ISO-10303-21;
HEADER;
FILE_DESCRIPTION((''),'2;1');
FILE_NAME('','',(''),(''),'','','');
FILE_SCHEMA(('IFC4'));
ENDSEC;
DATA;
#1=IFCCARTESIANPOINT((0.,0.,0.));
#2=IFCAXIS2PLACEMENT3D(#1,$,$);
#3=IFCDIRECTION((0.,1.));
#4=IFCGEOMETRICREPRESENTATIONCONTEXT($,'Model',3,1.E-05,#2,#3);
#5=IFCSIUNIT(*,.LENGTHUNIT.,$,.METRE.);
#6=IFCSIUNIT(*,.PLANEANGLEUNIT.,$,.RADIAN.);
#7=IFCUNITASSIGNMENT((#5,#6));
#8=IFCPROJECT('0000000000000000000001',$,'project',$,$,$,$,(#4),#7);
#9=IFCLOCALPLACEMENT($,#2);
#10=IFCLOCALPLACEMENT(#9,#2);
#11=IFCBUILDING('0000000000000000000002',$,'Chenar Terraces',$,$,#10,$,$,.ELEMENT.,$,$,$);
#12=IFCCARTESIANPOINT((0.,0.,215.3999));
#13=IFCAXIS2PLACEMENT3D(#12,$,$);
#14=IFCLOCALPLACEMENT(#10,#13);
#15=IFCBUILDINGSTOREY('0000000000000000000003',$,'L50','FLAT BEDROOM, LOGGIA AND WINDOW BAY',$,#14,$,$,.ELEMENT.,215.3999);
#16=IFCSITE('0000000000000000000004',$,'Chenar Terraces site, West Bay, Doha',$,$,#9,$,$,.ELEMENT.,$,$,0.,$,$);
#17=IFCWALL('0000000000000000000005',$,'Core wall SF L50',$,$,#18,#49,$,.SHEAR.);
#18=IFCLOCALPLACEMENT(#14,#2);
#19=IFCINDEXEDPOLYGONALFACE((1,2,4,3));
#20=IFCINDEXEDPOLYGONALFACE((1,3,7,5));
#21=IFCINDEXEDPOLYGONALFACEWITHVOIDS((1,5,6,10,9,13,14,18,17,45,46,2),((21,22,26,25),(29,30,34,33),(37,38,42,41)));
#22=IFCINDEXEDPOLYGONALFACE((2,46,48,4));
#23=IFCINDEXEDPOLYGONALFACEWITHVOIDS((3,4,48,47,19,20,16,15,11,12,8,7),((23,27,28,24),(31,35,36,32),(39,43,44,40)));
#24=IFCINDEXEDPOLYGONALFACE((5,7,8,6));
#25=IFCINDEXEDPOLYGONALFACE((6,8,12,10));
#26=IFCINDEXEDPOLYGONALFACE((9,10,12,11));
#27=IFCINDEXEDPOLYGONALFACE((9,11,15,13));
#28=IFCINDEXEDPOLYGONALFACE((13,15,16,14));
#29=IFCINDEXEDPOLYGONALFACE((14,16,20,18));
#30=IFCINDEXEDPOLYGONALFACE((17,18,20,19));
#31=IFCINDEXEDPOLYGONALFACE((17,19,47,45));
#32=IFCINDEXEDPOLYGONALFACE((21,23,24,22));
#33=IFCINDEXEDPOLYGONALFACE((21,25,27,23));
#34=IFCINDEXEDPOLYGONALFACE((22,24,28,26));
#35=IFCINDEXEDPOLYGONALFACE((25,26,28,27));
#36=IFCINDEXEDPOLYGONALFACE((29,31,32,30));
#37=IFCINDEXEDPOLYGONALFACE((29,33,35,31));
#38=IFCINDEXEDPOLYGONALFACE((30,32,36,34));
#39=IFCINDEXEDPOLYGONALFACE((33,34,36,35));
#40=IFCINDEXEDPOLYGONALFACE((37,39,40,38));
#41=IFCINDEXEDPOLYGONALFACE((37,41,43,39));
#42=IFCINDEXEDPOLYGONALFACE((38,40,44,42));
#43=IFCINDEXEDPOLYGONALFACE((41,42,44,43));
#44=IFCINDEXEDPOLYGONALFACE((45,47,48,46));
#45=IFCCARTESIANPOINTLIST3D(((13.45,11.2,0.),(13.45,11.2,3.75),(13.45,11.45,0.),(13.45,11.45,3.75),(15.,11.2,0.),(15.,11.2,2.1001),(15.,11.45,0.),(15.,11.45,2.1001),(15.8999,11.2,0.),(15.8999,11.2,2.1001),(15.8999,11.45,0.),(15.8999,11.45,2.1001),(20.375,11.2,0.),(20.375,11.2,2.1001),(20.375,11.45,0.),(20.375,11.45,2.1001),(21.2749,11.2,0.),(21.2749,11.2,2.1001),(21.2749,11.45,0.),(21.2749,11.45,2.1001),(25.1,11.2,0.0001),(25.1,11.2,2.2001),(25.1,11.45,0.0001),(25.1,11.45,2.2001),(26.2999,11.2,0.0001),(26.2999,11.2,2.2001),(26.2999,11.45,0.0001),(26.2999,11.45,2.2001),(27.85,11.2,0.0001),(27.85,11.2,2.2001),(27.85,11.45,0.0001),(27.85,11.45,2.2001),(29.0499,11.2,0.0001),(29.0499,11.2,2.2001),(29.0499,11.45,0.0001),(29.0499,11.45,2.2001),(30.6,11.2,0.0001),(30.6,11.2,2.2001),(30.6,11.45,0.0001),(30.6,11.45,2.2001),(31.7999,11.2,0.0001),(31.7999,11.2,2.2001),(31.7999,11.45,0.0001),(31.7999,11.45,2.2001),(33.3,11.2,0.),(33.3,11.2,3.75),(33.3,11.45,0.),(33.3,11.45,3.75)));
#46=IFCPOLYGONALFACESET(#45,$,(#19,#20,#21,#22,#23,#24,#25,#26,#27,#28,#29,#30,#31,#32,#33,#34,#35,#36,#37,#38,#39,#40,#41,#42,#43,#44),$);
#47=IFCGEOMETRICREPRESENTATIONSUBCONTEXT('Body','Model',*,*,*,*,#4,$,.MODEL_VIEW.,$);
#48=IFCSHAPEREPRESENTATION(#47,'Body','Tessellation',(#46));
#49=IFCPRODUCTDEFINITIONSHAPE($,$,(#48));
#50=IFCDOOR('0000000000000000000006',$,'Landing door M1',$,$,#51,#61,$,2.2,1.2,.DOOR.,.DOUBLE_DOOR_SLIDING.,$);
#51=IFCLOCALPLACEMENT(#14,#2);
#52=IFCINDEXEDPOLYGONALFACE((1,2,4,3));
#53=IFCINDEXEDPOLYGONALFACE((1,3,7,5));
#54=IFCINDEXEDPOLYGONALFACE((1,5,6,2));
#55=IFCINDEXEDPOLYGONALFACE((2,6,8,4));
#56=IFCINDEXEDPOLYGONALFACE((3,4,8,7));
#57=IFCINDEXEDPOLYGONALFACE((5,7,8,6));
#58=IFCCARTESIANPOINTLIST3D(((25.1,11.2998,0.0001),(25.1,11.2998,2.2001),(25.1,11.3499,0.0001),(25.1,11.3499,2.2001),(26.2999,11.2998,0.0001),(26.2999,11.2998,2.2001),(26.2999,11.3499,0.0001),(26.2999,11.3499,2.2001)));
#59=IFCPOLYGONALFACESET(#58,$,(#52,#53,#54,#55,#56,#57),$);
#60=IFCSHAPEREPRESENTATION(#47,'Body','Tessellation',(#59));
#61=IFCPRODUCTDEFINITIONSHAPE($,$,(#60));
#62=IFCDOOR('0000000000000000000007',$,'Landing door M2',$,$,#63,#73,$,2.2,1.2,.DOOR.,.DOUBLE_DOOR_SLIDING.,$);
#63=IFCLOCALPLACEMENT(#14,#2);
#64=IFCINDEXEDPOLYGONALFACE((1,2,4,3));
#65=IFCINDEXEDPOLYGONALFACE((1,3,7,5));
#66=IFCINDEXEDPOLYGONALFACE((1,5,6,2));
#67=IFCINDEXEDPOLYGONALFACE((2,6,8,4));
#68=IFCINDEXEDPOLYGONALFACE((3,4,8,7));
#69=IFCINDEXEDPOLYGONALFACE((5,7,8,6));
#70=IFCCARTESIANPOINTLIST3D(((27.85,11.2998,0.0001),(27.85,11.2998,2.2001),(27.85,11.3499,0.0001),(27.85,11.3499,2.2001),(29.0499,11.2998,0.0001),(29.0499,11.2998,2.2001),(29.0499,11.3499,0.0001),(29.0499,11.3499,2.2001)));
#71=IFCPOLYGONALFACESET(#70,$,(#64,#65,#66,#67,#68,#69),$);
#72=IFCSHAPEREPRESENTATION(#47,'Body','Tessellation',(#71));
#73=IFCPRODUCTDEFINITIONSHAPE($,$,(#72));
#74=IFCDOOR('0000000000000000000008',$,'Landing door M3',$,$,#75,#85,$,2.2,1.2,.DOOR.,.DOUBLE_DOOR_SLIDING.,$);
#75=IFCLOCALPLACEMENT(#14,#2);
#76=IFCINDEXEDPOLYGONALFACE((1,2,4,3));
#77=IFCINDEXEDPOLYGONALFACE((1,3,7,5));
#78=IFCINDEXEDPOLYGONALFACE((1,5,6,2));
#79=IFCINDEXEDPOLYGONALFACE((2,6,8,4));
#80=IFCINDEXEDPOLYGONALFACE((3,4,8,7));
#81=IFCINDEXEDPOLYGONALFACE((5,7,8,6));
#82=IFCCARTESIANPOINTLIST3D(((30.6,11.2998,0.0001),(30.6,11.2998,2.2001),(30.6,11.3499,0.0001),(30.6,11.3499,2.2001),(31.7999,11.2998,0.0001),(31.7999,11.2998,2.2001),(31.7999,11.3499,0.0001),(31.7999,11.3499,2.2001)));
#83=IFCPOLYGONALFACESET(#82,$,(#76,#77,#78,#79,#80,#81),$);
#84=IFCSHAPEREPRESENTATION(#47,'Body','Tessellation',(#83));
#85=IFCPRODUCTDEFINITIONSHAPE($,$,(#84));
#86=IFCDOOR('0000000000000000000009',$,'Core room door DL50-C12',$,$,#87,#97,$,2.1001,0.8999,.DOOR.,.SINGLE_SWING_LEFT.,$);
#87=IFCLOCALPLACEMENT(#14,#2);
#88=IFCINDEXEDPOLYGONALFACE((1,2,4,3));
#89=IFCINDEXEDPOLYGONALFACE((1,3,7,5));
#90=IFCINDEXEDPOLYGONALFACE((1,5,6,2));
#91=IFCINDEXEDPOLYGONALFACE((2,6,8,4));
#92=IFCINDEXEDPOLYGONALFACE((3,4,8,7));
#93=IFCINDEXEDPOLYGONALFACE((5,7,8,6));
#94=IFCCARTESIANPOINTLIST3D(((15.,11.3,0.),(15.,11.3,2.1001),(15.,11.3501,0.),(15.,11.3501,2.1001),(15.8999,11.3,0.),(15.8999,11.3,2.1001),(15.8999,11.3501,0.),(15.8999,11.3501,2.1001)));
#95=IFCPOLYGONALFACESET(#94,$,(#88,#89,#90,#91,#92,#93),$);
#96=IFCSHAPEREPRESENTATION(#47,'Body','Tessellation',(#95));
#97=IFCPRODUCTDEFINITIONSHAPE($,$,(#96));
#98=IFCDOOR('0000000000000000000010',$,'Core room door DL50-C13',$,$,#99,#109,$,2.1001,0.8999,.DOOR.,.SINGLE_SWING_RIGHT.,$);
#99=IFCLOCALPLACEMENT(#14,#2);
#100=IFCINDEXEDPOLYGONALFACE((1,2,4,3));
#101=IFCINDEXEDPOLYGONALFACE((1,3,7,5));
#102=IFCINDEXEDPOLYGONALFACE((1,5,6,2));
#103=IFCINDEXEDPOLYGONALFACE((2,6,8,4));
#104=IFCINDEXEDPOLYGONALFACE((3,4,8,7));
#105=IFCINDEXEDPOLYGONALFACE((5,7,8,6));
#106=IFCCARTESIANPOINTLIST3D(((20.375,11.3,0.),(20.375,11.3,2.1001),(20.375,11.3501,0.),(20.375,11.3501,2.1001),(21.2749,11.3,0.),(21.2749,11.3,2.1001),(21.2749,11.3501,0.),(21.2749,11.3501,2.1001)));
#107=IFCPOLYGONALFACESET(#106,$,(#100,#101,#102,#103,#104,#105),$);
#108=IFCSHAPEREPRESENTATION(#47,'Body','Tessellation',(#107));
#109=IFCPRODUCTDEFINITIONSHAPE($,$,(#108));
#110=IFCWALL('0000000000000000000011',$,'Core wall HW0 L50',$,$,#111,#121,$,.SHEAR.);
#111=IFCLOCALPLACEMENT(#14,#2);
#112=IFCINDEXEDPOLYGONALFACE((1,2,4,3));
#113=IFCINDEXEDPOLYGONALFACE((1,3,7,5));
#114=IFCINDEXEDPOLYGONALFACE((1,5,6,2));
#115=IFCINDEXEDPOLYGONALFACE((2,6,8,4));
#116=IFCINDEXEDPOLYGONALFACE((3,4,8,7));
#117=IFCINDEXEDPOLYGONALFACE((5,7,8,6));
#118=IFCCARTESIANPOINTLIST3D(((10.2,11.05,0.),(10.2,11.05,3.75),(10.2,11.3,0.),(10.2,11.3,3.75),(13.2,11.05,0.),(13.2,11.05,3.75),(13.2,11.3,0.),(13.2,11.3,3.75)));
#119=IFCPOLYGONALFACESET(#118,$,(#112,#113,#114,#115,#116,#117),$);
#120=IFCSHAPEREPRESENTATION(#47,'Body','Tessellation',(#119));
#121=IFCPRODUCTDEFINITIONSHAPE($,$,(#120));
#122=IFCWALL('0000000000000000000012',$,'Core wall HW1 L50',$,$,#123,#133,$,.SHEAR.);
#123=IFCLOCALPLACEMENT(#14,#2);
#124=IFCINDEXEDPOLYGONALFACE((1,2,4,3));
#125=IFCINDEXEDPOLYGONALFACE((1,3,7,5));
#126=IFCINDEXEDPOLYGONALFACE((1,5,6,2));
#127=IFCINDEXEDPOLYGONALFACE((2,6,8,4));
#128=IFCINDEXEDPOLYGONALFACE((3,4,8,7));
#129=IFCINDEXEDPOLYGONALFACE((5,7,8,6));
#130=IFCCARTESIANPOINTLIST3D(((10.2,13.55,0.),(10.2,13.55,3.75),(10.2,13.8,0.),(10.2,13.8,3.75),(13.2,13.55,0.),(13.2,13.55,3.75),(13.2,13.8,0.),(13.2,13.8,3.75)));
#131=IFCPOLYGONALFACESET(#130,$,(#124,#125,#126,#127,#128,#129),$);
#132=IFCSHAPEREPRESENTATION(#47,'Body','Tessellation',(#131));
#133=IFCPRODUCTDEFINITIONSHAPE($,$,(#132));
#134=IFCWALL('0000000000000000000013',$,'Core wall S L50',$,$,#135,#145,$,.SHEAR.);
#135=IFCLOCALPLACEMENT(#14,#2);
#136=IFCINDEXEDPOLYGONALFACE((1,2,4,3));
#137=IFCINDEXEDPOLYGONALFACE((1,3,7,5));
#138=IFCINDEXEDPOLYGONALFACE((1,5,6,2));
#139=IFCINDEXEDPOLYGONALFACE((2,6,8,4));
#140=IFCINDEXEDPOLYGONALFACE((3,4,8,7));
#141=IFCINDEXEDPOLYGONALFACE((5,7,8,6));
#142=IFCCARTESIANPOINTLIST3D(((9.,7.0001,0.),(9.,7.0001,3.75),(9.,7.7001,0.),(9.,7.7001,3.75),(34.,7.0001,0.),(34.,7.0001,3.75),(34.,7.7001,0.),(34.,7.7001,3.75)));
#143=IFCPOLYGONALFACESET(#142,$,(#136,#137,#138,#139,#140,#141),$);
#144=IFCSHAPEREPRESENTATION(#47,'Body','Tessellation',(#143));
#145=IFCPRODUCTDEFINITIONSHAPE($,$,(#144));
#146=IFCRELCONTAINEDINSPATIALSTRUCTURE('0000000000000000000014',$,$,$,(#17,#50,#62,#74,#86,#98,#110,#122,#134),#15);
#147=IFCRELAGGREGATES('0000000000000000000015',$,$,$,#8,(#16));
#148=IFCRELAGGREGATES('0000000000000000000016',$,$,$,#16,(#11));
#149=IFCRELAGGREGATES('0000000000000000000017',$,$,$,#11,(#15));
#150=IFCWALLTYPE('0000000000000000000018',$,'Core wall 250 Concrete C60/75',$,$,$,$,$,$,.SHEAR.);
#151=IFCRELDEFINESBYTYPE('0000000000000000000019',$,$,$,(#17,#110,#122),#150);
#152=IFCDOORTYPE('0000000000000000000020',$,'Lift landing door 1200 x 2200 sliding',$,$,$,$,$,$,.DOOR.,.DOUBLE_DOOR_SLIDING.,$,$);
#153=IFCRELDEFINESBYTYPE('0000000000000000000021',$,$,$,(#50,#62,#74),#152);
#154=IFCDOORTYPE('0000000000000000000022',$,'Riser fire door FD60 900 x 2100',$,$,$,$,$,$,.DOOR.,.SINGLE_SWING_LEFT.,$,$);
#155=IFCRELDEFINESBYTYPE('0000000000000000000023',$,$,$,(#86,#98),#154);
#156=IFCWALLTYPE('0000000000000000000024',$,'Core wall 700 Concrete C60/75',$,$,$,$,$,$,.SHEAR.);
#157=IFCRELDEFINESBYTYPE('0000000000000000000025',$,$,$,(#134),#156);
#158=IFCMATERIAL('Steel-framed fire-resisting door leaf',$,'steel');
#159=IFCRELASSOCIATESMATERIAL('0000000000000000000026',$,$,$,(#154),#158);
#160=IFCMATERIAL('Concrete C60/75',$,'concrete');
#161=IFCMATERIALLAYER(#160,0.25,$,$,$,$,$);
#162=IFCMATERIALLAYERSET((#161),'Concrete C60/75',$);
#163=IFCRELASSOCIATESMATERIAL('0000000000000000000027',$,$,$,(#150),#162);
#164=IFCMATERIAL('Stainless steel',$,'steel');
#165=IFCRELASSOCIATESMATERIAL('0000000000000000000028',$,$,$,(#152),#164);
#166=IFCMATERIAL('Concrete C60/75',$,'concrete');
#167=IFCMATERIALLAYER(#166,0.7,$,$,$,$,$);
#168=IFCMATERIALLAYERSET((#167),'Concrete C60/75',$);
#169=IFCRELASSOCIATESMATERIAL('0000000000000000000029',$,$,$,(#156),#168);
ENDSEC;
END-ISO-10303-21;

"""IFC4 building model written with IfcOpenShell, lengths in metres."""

from ifc_helpers import new_model, si_unit, direction, frame, frame_2d, origin, place, context, subcontext, project, spatial, rectangle, extrude, material, layer, layer_set, type_object, element, fill, save


model = new_model("IFC4")

# Units and contexts
model_context = context("Model", 3, precision=1e-05, world=origin(), true_north=direction((0.0, 1.0)))
body_context = subcontext(model_context, "Body", "Model", "MODEL_VIEW")
ifc_project = project(units=[si_unit("LENGTHUNIT", "METRE"), si_unit("PLANEANGLEUNIT", "RADIAN")], contexts=[model_context])

# Site, building, storey
site_placement = place(None, origin())
site = spatial("IfcSite", under=ifc_project, at=site_placement, Name="Chenar Terraces site, West Bay, Doha", CompositionType="ELEMENT", RefElevation=0.0)
building_placement = place(site_placement, origin())
building = spatial("IfcBuilding", under=site, at=building_placement, Name="Chenar Terraces", CompositionType="ELEMENT")
storey_placement = place(building_placement, frame((0.0, 0.0, 215.3999)))
storey = spatial("IfcBuildingStorey", under=building, at=storey_placement, Name="L50", Description="FLAT BEDROOM, LOGGIA AND WINDOW BAY", CompositionType="ELEMENT", Elevation=215.3999)

# Shared definitions
ifc_material_1 = material(Name="Steel-framed fire-resisting door leaf", Category="steel")
door_type_1 = type_object("IfcDoorType", Name="Riser fire door FD60 900 x 2100", OperationType="SINGLE_SWING_LEFT", PredefinedType="DOOR", material=ifc_material_1)

# Shared definitions
ifc_material_2 = material(Name="Concrete C60/75", Category="concrete")
ifc_layer_1 = layer(ifc_material_2, 0.25)
ifc_layer_set_1 = layer_set([ifc_layer_1], Name="Concrete C60/75")
wall_type_1 = type_object("IfcWallType", Name="Core wall 250 Concrete C60/75", PredefinedType="SHEAR", material=ifc_layer_set_1)

# Wall, openings, doors
wall_1_placement = place(storey_placement, frame((13.45, 11.325, 0.0), z_axis=(0.0, 0.0, 1.0), x_axis=(1.0, 0.0, 0.0)))
wall_1 = element("IfcWall", 1, at=wall_1_placement, inside=storey, type_object=wall_type_1, Name="Core wall SF L50", PredefinedType="SHEAR", context=body_context, shape_type="SweptSolid", body=[
    extrude(rectangle(XDim=19.8501, YDim=0.25, at=frame_2d((9.925, 0.0))), origin(), (0.0, 0.0, 1.0), 3.75),
])
opening_1_placement = place(wall_1_placement, frame((11.6499, 0.0, 0.0)))
opening_1 = element("IfcOpeningElement", 2, at=opening_1_placement, cuts=wall_1, PredefinedType="OPENING", context=body_context, shape_type="SweptSolid", body=[
    extrude(rectangle(XDim=1.2, YDim=2.2, at=frame_2d((0.6001, 1.1001))), frame((0.0, 0.135, 0.0), z_axis=(0.0, -1.0, 0.0), x_axis=(1.0, 0.0, 0.0)), (0.0, 0.0, 1.0), 0.27),
])
opening_2_placement = place(wall_1_placement, frame((14.3999, 0.0, 0.0)))
opening_2 = element("IfcOpeningElement", 3, at=opening_2_placement, cuts=wall_1, PredefinedType="OPENING", context=body_context, shape_type="SweptSolid", body=[
    extrude(rectangle(XDim=1.2, YDim=2.2, at=frame_2d((0.6001, 1.1001))), frame((0.0, 0.135, 0.0), z_axis=(0.0, -1.0, 0.0), x_axis=(1.0, 0.0, 0.0)), (0.0, 0.0, 1.0), 0.27),
])
opening_3_placement = place(wall_1_placement, frame((17.1499, 0.0, 0.0)))
opening_3 = element("IfcOpeningElement", 4, at=opening_3_placement, cuts=wall_1, PredefinedType="OPENING", context=body_context, shape_type="SweptSolid", body=[
    extrude(rectangle(XDim=1.2, YDim=2.2, at=frame_2d((0.6001, 1.1001))), frame((0.0, 0.135, 0.0), z_axis=(0.0, -1.0, 0.0), x_axis=(1.0, 0.0, 0.0)), (0.0, 0.0, 1.0), 0.27),
])
opening_4_placement = place(wall_1_placement, frame((1.55, 0.0, 0.0)))
opening_4 = element("IfcOpeningElement", 5, at=opening_4_placement, cuts=wall_1, PredefinedType="OPENING", context=body_context, shape_type="SweptSolid", body=[
    extrude(rectangle(XDim=0.8999, YDim=2.1001, at=frame_2d((0.45, 1.05))), frame((0.0, 0.135, 0.0), z_axis=(0.0, -1.0, 0.0), x_axis=(1.0, 0.0, 0.0)), (0.0, 0.0, 1.0), 0.27),
])
opening_5_placement = place(wall_1_placement, frame((6.925, 0.0, 0.0)))
opening_5 = element("IfcOpeningElement", 6, at=opening_5_placement, cuts=wall_1, PredefinedType="OPENING", context=body_context, shape_type="SweptSolid", body=[
    extrude(rectangle(XDim=0.8999, YDim=2.1001, at=frame_2d((0.45, 1.05))), frame((0.0, 0.135, 0.0), z_axis=(0.0, -1.0, 0.0), x_axis=(1.0, 0.0, 0.0)), (0.0, 0.0, 1.0), 0.27),
])
ifc_material_3 = material(Name="Stainless steel", Category="steel")
door_type_2 = type_object("IfcDoorType", Name="Lift landing door 1200 x 2200 sliding", OperationType="DOUBLE_DOOR_SLIDING", PredefinedType="DOOR", material=ifc_material_3)
door_1_placement = place(opening_1_placement, origin())
door_1 = element("IfcDoor", 7, at=door_1_placement, inside=storey, type_object=door_type_2, Name="Landing door M1", OperationType="DOUBLE_DOOR_SLIDING", OverallHeight=2.2, OverallWidth=1.2, PredefinedType="DOOR", context=body_context, shape_type="SweptSolid", body=[
    extrude(rectangle(XDim=1.2, YDim=2.2, at=frame_2d((0.6001, 1.1001))), frame((0.0, 0.0249, 0.0), z_axis=(0.0, -1.0, 0.0), x_axis=(1.0, 0.0, 0.0)), (0.0, 0.0, 1.0), 0.05),
])
fill(opening_1, door_1)
door_2_placement = place(opening_2_placement, origin())
door_2 = element("IfcDoor", 8, at=door_2_placement, inside=storey, type_object=door_type_2, Name="Landing door M2", OperationType="DOUBLE_DOOR_SLIDING", OverallHeight=2.2, OverallWidth=1.2, PredefinedType="DOOR", context=body_context, shape_type="SweptSolid", body=[
    extrude(rectangle(XDim=1.2, YDim=2.2, at=frame_2d((0.6001, 1.1001))), frame((0.0, 0.0249, 0.0), z_axis=(0.0, -1.0, 0.0), x_axis=(1.0, 0.0, 0.0)), (0.0, 0.0, 1.0), 0.05),
])
fill(opening_2, door_2)
door_3_placement = place(opening_3_placement, origin())
door_3 = element("IfcDoor", 9, at=door_3_placement, inside=storey, type_object=door_type_2, Name="Landing door M3", OperationType="DOUBLE_DOOR_SLIDING", OverallHeight=2.2, OverallWidth=1.2, PredefinedType="DOOR", context=body_context, shape_type="SweptSolid", body=[
    extrude(rectangle(XDim=1.2, YDim=2.2, at=frame_2d((0.6001, 1.1001))), frame((0.0, 0.0249, 0.0), z_axis=(0.0, -1.0, 0.0), x_axis=(1.0, 0.0, 0.0)), (0.0, 0.0, 1.0), 0.05),
])
fill(opening_3, door_3)
door_4_placement = place(opening_4_placement, frame((0.8999, 0.0, 0.0), z_axis=(0.0, 0.0, 1.0), x_axis=(-1.0, 0.0, 0.0)))
door_4 = element("IfcDoor", 10, at=door_4_placement, inside=storey, type_object=door_type_1, Name="Core room door DL50-C12", OperationType="SINGLE_SWING_LEFT", OverallHeight=2.1001, OverallWidth=0.8999, PredefinedType="DOOR", context=body_context, shape_type="SweptSolid", body=[
    extrude(rectangle(XDim=0.8999, YDim=2.1001, at=frame_2d((0.45, 1.05))), frame((0.0, 0.0249, 0.0), z_axis=(0.0, -1.0, 0.0), x_axis=(1.0, 0.0, 0.0)), (0.0, 0.0, 1.0), 0.05),
])
fill(opening_4, door_4)
door_5_placement = place(opening_5_placement, frame((0.8999, 0.0, 0.0), z_axis=(0.0, 0.0, 1.0), x_axis=(-1.0, 0.0, 0.0)))
door_5 = element("IfcDoor", 11, at=door_5_placement, inside=storey, type_object=door_type_1, Name="Core room door DL50-C13", OperationType="SINGLE_SWING_RIGHT", OverallHeight=2.1001, OverallWidth=0.8999, PredefinedType="DOOR", context=body_context, shape_type="SweptSolid", body=[
    extrude(rectangle(XDim=0.8999, YDim=2.1001, at=frame_2d((0.45, 1.05))), frame((0.0, 0.0249, 0.0), z_axis=(0.0, -1.0, 0.0), x_axis=(1.0, 0.0, 0.0)), (0.0, 0.0, 1.0), 0.05),
])
fill(opening_5, door_5)

# Walls
for number, where, z_axis, x_axis, name in (
    (12, (10.2, 11.175, 0.0), (0.0, 0.0, 1.0), (1.0, 0.0, 0.0), "Core wall HW0 L50"),
    (13, (10.2, 13.675, 0.0), (0.0, 0.0, 1.0), (1.0, 0.0, 0.0), "Core wall HW1 L50"),
):
    element("IfcWall", number, at=place(storey_placement, frame(where, z_axis=z_axis, x_axis=x_axis)), inside=storey, type_object=wall_type_1, Name=name, PredefinedType="SHEAR", context=body_context, shape_type="SweptSolid", body=[
        extrude(rectangle(XDim=3.0, YDim=0.25, at=frame_2d((1.5, 0.0))), origin(), (0.0, 0.0, 1.0), 3.75),
    ])
ifc_material_4 = material(Name="Concrete C60/75", Category="concrete")
ifc_layer_2 = layer(ifc_material_4, 0.7)
ifc_layer_set_2 = layer_set([ifc_layer_2], Name="Concrete C60/75")
wall_type_2 = type_object("IfcWallType", Name="Core wall 700 Concrete C60/75", PredefinedType="SHEAR", material=ifc_layer_set_2)
wall_2_placement = place(storey_placement, frame((9.0, 7.3501, 0.0), z_axis=(0.0, 0.0, 1.0), x_axis=(1.0, 0.0, 0.0)))
element("IfcWall", 14, at=wall_2_placement, inside=storey, type_object=wall_type_2, Name="Core wall S L50", PredefinedType="SHEAR", context=body_context, shape_type="SweptSolid", body=[
    extrude(rectangle(XDim=25.0, YDim=0.7, at=frame_2d((12.5, 0.0))), origin(), (0.0, 0.0, 1.0), 3.75),
])

save(model, "model.ifc")
